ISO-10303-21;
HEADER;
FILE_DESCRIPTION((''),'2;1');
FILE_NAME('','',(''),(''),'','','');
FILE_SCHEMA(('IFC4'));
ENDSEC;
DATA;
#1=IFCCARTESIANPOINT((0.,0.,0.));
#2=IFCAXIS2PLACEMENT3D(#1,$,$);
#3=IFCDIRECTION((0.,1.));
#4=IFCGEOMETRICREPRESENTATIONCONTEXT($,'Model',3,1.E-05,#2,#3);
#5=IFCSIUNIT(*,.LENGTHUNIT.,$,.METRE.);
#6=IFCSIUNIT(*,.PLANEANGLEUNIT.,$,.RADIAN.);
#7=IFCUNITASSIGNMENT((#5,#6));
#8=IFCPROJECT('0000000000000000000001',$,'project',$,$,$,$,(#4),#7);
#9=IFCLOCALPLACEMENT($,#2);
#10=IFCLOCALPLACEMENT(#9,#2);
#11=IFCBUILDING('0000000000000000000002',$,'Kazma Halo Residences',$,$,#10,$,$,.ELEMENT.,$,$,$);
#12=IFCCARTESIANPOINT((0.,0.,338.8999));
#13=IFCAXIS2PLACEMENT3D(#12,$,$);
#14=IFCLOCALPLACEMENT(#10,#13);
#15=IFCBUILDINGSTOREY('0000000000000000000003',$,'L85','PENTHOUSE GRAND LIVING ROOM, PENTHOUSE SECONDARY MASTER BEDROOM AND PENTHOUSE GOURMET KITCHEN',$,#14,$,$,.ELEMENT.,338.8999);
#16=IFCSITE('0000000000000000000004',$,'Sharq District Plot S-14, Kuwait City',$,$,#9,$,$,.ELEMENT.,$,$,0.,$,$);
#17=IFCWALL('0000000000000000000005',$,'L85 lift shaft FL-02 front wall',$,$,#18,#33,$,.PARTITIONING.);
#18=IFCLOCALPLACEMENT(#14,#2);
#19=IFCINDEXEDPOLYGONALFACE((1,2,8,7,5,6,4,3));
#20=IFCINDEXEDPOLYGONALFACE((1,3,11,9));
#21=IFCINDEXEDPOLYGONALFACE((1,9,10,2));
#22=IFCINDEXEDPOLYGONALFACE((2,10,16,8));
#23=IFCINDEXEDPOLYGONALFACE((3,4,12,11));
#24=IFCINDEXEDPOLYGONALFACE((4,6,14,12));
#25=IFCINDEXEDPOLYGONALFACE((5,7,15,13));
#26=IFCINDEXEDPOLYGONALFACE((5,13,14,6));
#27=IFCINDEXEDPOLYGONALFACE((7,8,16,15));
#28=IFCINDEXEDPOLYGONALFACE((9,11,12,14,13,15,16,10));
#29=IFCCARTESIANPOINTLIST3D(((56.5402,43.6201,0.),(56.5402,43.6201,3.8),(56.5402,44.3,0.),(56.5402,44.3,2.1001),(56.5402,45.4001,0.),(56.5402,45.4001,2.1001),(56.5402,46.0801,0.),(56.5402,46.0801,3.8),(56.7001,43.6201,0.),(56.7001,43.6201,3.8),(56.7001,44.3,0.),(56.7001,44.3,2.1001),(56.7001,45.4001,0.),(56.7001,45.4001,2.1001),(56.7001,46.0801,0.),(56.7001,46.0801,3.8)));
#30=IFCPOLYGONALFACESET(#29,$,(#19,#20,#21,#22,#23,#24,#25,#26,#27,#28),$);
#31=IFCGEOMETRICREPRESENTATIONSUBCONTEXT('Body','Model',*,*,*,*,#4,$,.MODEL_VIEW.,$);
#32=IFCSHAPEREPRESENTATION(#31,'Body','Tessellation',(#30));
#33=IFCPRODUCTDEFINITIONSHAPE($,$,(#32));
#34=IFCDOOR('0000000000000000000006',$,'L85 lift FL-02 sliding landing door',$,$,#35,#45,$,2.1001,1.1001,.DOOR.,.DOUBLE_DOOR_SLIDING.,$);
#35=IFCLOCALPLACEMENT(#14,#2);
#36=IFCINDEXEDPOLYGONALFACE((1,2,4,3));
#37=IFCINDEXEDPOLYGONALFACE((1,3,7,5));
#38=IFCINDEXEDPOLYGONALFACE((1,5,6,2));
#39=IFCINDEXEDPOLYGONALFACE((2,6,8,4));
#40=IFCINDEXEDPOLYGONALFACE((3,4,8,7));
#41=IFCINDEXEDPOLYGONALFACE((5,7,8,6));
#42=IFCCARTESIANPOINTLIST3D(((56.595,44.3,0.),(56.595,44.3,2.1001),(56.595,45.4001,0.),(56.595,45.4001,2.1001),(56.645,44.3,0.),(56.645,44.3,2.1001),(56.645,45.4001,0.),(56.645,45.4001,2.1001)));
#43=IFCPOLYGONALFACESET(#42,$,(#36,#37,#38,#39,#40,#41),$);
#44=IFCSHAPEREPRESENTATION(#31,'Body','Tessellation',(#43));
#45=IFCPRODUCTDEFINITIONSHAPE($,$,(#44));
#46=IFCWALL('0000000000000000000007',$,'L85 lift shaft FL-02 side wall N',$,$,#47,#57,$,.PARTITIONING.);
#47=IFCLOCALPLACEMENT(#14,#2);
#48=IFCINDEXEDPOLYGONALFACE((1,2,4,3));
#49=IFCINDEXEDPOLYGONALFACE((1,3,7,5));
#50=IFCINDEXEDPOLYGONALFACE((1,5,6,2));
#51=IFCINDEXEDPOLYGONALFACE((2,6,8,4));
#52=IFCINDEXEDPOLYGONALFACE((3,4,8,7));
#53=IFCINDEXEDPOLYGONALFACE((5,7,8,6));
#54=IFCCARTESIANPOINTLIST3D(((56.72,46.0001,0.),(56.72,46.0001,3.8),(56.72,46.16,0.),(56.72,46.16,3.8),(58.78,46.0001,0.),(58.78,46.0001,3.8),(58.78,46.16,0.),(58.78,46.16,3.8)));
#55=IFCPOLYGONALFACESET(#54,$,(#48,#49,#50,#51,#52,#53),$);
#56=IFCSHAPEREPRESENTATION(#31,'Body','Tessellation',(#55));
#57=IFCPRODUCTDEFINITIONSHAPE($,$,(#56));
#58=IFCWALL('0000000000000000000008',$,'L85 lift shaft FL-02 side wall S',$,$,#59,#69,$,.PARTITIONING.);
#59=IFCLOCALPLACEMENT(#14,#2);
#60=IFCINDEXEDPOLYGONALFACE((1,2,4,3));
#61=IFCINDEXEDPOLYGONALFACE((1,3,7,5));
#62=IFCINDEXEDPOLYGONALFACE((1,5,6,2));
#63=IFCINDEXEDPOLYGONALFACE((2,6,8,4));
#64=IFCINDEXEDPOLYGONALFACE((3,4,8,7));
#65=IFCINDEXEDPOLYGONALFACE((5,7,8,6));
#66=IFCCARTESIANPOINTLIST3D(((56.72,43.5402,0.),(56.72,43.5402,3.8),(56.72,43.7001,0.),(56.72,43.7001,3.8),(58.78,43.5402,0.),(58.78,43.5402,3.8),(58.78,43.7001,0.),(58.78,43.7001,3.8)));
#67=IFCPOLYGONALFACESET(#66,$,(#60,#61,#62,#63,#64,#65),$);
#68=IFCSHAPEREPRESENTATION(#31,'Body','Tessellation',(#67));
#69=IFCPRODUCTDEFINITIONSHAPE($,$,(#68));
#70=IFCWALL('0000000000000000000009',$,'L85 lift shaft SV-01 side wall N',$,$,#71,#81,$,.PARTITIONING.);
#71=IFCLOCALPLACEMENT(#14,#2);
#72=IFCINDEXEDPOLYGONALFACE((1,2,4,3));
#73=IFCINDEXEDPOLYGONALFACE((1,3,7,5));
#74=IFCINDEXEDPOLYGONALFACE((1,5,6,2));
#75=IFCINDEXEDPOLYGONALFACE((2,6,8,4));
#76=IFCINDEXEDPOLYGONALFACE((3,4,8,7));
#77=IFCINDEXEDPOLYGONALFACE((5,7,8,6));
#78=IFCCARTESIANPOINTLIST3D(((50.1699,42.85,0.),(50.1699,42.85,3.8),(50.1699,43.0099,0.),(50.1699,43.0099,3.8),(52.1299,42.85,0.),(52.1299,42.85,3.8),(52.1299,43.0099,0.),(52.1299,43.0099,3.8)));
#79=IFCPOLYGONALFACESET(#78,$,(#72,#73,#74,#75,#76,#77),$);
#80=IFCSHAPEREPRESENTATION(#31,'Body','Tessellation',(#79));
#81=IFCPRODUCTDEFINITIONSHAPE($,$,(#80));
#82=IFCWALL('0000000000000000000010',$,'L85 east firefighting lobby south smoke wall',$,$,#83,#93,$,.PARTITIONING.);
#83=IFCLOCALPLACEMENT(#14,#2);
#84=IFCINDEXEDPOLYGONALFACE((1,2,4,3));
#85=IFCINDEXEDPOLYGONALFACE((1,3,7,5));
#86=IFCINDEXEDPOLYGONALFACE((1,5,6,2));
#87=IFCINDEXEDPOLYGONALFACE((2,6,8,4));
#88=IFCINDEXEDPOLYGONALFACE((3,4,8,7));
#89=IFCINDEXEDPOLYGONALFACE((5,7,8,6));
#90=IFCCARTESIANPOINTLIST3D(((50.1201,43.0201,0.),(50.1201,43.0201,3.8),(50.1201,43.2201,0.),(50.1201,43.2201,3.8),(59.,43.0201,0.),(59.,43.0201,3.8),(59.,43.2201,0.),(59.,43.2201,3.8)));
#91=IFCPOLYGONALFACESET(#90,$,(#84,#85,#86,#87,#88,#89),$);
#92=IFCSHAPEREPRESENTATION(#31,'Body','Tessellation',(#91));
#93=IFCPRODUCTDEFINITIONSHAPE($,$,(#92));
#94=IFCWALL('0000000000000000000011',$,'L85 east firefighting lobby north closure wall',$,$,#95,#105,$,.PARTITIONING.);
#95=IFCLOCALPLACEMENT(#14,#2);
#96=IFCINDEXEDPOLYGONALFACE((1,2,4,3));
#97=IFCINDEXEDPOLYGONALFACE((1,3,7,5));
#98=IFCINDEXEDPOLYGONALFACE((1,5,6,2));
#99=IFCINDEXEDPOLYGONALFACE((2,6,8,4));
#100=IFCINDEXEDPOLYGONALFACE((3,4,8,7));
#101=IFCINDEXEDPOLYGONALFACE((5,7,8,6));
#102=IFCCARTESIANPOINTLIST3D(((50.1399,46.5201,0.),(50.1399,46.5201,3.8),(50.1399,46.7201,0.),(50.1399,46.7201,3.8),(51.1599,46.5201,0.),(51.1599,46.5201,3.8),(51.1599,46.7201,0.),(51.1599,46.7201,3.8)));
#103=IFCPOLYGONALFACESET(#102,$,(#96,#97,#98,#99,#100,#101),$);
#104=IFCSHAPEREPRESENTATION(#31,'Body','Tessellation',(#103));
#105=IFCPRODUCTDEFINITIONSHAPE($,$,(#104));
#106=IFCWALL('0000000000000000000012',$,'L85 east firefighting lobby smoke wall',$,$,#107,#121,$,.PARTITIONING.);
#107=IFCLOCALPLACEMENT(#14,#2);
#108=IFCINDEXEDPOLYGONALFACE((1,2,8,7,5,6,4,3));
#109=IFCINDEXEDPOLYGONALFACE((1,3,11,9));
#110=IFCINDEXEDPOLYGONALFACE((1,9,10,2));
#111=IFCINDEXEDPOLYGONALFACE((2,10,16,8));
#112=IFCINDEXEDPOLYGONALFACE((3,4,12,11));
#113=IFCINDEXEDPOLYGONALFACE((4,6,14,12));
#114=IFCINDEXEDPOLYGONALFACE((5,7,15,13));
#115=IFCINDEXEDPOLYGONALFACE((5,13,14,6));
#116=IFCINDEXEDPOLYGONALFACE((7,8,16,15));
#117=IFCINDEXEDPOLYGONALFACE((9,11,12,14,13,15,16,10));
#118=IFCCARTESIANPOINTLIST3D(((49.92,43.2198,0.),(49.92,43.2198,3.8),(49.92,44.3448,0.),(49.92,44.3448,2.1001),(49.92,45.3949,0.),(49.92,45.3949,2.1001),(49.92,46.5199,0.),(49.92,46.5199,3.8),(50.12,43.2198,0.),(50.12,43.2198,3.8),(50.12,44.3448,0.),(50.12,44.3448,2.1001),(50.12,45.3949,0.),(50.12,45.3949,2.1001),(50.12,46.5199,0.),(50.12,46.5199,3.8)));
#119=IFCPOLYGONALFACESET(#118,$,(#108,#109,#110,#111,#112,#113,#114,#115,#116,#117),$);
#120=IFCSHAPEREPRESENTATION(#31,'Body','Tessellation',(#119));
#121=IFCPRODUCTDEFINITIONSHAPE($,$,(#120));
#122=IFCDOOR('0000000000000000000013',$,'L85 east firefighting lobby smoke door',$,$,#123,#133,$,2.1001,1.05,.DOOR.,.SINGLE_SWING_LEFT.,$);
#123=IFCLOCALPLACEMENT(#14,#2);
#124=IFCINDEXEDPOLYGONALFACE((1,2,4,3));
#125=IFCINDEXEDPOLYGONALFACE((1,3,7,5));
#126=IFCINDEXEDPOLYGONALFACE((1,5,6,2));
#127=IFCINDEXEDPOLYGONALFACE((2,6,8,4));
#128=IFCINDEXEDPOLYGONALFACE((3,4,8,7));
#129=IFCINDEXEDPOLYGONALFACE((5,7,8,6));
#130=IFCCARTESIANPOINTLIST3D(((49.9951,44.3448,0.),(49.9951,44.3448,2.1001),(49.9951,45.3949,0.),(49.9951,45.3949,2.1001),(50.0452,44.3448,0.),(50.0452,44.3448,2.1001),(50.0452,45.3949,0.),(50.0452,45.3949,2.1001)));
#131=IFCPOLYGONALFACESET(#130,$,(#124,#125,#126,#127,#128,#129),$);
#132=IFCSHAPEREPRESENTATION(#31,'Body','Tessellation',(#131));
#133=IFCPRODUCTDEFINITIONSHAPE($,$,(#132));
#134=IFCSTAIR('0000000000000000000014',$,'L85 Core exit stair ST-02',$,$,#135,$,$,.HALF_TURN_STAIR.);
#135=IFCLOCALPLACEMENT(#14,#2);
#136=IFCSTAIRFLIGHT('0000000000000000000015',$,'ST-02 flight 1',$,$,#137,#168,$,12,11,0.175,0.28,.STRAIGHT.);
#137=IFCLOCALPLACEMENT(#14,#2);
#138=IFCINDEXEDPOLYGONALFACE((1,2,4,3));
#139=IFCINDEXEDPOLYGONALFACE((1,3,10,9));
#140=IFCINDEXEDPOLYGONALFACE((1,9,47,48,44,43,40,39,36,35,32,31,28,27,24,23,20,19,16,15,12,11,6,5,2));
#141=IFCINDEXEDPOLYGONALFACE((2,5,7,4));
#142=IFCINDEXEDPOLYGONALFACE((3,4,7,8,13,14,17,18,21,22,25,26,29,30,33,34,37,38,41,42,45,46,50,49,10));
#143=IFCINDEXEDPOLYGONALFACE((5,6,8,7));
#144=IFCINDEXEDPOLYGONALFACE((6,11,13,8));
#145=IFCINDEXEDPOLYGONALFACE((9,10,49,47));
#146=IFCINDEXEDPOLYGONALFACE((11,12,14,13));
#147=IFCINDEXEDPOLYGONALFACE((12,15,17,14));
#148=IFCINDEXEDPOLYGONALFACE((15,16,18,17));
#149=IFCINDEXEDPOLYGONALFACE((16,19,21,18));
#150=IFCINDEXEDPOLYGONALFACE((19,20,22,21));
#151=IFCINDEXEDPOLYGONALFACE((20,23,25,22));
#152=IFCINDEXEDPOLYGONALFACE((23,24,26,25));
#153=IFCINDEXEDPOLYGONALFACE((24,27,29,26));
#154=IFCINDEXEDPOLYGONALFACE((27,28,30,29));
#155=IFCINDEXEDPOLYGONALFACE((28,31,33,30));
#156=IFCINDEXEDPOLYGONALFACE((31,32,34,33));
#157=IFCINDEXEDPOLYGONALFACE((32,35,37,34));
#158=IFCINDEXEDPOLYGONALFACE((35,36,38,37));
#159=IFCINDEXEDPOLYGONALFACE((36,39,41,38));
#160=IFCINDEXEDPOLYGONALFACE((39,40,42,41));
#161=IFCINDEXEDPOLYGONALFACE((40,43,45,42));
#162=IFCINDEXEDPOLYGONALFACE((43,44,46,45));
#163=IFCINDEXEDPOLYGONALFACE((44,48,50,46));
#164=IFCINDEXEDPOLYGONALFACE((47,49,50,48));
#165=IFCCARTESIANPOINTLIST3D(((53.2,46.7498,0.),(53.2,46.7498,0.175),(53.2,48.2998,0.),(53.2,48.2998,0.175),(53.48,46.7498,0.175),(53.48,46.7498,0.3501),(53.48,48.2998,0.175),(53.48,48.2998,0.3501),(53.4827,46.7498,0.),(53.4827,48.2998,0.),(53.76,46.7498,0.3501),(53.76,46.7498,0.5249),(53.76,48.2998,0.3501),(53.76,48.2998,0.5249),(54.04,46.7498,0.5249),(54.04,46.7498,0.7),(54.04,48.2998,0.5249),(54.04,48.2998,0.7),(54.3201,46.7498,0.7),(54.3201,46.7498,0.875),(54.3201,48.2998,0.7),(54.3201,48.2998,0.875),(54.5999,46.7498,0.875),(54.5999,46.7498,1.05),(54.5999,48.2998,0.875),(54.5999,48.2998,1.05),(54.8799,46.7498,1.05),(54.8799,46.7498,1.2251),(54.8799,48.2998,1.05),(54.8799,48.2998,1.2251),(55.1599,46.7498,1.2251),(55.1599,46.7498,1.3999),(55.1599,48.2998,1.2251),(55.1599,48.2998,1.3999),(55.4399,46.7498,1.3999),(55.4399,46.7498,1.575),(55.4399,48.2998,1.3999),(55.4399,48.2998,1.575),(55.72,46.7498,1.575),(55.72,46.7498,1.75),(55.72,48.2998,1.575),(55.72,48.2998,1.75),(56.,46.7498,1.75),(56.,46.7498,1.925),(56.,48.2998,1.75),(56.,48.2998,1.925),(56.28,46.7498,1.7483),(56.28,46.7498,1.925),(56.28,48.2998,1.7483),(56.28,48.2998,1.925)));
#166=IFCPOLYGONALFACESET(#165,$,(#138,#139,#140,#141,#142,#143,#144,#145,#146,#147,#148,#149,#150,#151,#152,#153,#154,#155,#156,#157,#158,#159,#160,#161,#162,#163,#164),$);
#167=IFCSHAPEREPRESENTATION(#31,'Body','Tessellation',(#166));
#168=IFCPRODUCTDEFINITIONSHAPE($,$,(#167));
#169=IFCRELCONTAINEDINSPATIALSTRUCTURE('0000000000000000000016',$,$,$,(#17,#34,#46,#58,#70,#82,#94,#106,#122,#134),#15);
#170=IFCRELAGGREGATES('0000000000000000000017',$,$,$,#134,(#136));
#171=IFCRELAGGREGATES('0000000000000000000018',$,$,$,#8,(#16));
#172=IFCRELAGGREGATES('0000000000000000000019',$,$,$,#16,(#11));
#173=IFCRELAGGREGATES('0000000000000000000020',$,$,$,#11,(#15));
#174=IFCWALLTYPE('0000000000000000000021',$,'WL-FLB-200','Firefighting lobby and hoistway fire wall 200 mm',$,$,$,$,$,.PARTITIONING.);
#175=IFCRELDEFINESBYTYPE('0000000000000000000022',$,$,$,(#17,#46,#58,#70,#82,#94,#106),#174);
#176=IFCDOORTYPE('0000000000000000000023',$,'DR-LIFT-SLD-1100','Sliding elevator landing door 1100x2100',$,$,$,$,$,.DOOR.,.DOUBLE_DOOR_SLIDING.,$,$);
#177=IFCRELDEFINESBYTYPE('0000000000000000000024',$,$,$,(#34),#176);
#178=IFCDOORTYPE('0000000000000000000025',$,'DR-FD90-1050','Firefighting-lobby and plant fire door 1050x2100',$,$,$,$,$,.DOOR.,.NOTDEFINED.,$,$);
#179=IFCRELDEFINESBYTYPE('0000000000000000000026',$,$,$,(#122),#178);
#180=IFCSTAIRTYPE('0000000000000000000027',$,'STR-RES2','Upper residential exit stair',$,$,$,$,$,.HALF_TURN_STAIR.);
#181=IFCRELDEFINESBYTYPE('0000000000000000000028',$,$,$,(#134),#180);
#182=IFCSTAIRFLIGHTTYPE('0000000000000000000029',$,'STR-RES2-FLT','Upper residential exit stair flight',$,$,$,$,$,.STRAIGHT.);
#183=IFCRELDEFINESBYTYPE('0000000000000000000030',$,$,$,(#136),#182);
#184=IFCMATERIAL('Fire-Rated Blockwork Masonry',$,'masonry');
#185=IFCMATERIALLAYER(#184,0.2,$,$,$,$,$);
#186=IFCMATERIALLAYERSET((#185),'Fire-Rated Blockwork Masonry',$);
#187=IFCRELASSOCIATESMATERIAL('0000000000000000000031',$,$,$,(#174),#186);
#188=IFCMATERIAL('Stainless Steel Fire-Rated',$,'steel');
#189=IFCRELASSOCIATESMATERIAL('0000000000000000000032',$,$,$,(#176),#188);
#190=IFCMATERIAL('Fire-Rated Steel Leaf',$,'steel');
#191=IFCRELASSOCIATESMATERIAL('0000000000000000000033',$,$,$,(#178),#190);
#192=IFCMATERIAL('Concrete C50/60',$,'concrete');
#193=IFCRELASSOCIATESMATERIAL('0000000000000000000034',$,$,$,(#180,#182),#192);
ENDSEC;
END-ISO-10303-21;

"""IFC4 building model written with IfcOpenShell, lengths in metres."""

from ifc_helpers import new_model, si_unit, direction, frame, frame_2d, origin, place, context, subcontext, project, spatial, polyline, rectangle, outline, extrude, material, layer, layer_set, type_object, element, fill, aggregate, save


model = new_model("IFC4")

# Units and contexts
model_context = context("Model", 3, precision=1e-05, world=origin(), true_north=direction((0.0, 1.0)))
body_context = subcontext(model_context, "Body", "Model", "MODEL_VIEW")
ifc_project = project(units=[si_unit("LENGTHUNIT", "METRE"), si_unit("PLANEANGLEUNIT", "RADIAN")], contexts=[model_context])

# Site, building, storey
site_placement = place(None, origin())
site = spatial("IfcSite", under=ifc_project, at=site_placement, Name="Sharq District Plot S-14, Kuwait City", CompositionType="ELEMENT", RefElevation=0.0)
building_placement = place(site_placement, origin())
building = spatial("IfcBuilding", under=site, at=building_placement, Name="Kazma Halo Residences", CompositionType="ELEMENT")
storey_placement = place(building_placement, frame((0.0, 0.0, 338.8999)))
storey = spatial("IfcBuildingStorey", under=building, at=storey_placement, Name="L85", Description="PENTHOUSE GRAND LIVING ROOM, PENTHOUSE SECONDARY MASTER BEDROOM AND PENTHOUSE GOURMET KITCHEN", CompositionType="ELEMENT", Elevation=338.8999)

# Wall, opening, door
ifc_material_1 = material(Name="Fire-Rated Blockwork Masonry", Category="masonry")
ifc_layer_1 = layer(ifc_material_1, 0.2)
ifc_layer_set_1 = layer_set([ifc_layer_1], Name="Fire-Rated Blockwork Masonry")
wall_type_1 = type_object("IfcWallType", Name="WL-FLB-200", Description="Firefighting lobby and hoistway fire wall 200 mm", PredefinedType="PARTITIONING", material=ifc_layer_set_1)
wall_1_placement = place(storey_placement, frame((56.6201, 46.0801, 0.0), z_axis=(0.0, 0.0, 1.0), x_axis=(0.0, -1.0, 0.0)))
wall_1 = element("IfcWall", 1, at=wall_1_placement, inside=storey, type_object=wall_type_1, Name="L85 lift shaft FL-02 front wall", PredefinedType="PARTITIONING", context=body_context, shape_type="SweptSolid", body=[
    extrude(rectangle(XDim=2.46, YDim=0.1599, at=frame_2d((1.23, 0.0))), origin(), (0.0, 0.0, 1.0), 3.8),
])
opening_1_placement = place(wall_1_placement, frame((0.6799, 0.0, 0.0)))
opening_1 = element("IfcOpeningElement", 2, at=opening_1_placement, cuts=wall_1, PredefinedType="OPENING", context=body_context, shape_type="SweptSolid", body=[
    extrude(rectangle(XDim=1.1001, YDim=2.1001, at=frame_2d((0.55, 1.05))), frame((0.0, 0.0898, 0.0), z_axis=(0.0, -1.0, 0.0), x_axis=(1.0, 0.0, 0.0)), (0.0, 0.0, 1.0), 0.1799),
])
ifc_material_2 = material(Name="Stainless Steel Fire-Rated", Category="steel")
door_type_1 = type_object("IfcDoorType", Name="DR-LIFT-SLD-1100", Description="Sliding elevator landing door 1100x2100", OperationType="DOUBLE_DOOR_SLIDING", PredefinedType="DOOR", material=ifc_material_2)
door_1_placement = place(opening_1_placement, origin())
door_1 = element("IfcDoor", 3, at=door_1_placement, inside=storey, type_object=door_type_1, Name="L85 lift FL-02 sliding landing door", OperationType="DOUBLE_DOOR_SLIDING", OverallHeight=2.1001, OverallWidth=1.1001, PredefinedType="DOOR", context=body_context, shape_type="SweptSolid", body=[
    extrude(rectangle(XDim=1.1001, YDim=2.1001, at=frame_2d((0.55, 1.05))), frame((0.0, 0.0249, 0.0), z_axis=(0.0, -1.0, 0.0), x_axis=(1.0, 0.0, 0.0)), (0.0, 0.0, 1.0), 0.05),
])
fill(opening_1, door_1)

# Walls
for number, where, z_axis, x_axis, name in (
    (4, (56.72, 46.0801, 0.0), (0.0, 0.0, 1.0), (1.0, 0.0, 0.0), "L85 lift shaft FL-02 side wall N"),
    (5, (56.72, 43.6201, 0.0), (0.0, 0.0, 1.0), (1.0, 0.0, 0.0), "L85 lift shaft FL-02 side wall S"),
):
    element("IfcWall", number, at=place(storey_placement, frame(where, z_axis=z_axis, x_axis=x_axis)), inside=storey, type_object=wall_type_1, Name=name, PredefinedType="PARTITIONING", context=body_context, shape_type="SweptSolid", body=[
        extrude(rectangle(XDim=2.0601, YDim=0.1599, at=frame_2d((1.03, 0.0))), origin(), (0.0, 0.0, 1.0), 3.8),
    ])
wall_2_placement = place(storey_placement, frame((50.1699, 42.9299, 0.0), z_axis=(0.0, 0.0, 1.0), x_axis=(1.0, 0.0, 0.0)))
element("IfcWall", 6, at=wall_2_placement, inside=storey, type_object=wall_type_1, Name="L85 lift shaft SV-01 side wall N", PredefinedType="PARTITIONING", context=body_context, shape_type="SweptSolid", body=[
    extrude(rectangle(XDim=1.96, YDim=0.1599, at=frame_2d((0.98, 0.0))), origin(), (0.0, 0.0, 1.0), 3.8),
])
wall_3_placement = place(storey_placement, frame((50.1201, 43.1201, 0.0), z_axis=(0.0, 0.0, 1.0), x_axis=(1.0, 0.0, 0.0)))
element("IfcWall", 7, at=wall_3_placement, inside=storey, type_object=wall_type_1, Name="L85 east firefighting lobby south smoke wall", PredefinedType="PARTITIONING", context=body_context, shape_type="SweptSolid", body=[
    extrude(rectangle(XDim=8.8799, YDim=0.2, at=frame_2d((4.4399, 0.0))), origin(), (0.0, 0.0, 1.0), 3.8),
])
wall_4_placement = place(storey_placement, frame((50.1399, 46.6201, 0.0), z_axis=(0.0, 0.0, 1.0), x_axis=(1.0, 0.0, 0.0)))
element("IfcWall", 8, at=wall_4_placement, inside=storey, type_object=wall_type_1, Name="L85 east firefighting lobby north closure wall", PredefinedType="PARTITIONING", context=body_context, shape_type="SweptSolid", body=[
    extrude(rectangle(XDim=1.02, YDim=0.2, at=frame_2d((0.51, 0.0))), origin(), (0.0, 0.0, 1.0), 3.8),
])

# Wall, opening, door
wall_5_placement = place(storey_placement, frame((50.02, 43.22, 0.0), z_axis=(0.0, 0.0, 1.0), x_axis=(0.0, 1.0, 0.0)))
wall_5 = element("IfcWall", 9, at=wall_5_placement, inside=storey, type_object=wall_type_1, Name="L85 east firefighting lobby smoke wall", PredefinedType="PARTITIONING", context=body_context, shape_type="SweptSolid", body=[
    extrude(rectangle(XDim=3.3, YDim=0.2, at=frame_2d((1.6499, 0.0))), origin(), (0.0, 0.0, 1.0), 3.8),
])
opening_2_placement = place(wall_5_placement, frame((1.125, 0.0, 0.0)))
opening_2 = element("IfcOpeningElement", 10, at=opening_2_placement, cuts=wall_5, PredefinedType="OPENING", context=body_context, shape_type="SweptSolid", body=[
    extrude(rectangle(XDim=1.05, YDim=2.1001, at=frame_2d((0.5249, 1.05))), frame((0.0, 0.1099, 0.0), z_axis=(0.0, -1.0, 0.0), x_axis=(1.0, 0.0, 0.0)), (0.0, 0.0, 1.0), 0.22),
])
ifc_material_3 = material(Name="Fire-Rated Steel Leaf", Category="steel")
door_type_2 = type_object("IfcDoorType", Name="DR-FD90-1050", Description="Firefighting-lobby and plant fire door 1050x2100", OperationType="NOTDEFINED", PredefinedType="DOOR", material=ifc_material_3)
door_2_placement = place(opening_2_placement, origin())
door_2 = element("IfcDoor", 11, at=door_2_placement, inside=storey, type_object=door_type_2, Name="L85 east firefighting lobby smoke door", OperationType="SINGLE_SWING_LEFT", OverallHeight=2.1001, OverallWidth=1.05, PredefinedType="DOOR", context=body_context, shape_type="SweptSolid", body=[
    extrude(rectangle(XDim=1.05, YDim=2.1001, at=frame_2d((0.5249, 1.05))), frame((0.0, 0.0249, 0.0), z_axis=(0.0, -1.0, 0.0), x_axis=(1.0, 0.0, 0.0)), (0.0, 0.0, 1.0), 0.05),
])
fill(opening_2, door_2)
ifc_material_4 = material(Name="Concrete C50/60", Category="concrete")

# Stair, stair flight
stair_type = type_object("IfcStairType", Name="STR-RES2", Description="Upper residential exit stair", PredefinedType="HALF_TURN_STAIR", material=ifc_material_4)
stair_placement = place(storey_placement, origin())
stair = element("IfcStair", 12, at=stair_placement, inside=storey, type_object=stair_type, Name="L85 Core exit stair ST-02", PredefinedType="HALF_TURN_STAIR")
stair_flight_type = type_object("IfcStairFlightType", Name="STR-RES2-FLT", Description="Upper residential exit stair flight", PredefinedType="STRAIGHT", material=ifc_material_4)
stair_flight_placement = place(storey_placement, frame((53.2, 47.5249, 0.0), z_axis=(0.0, 0.0, 1.0), x_axis=(1.0, 0.0, 0.0)))
stair_flight = element("IfcStairFlight", 13, at=stair_flight_placement, type_object=stair_flight_type, Name="ST-02 flight 1", NumberOfRisers=12, NumberOfTreads=11, PredefinedType="STRAIGHT", RiserHeight=0.175, TreadLength=0.28, context=body_context, shape_type="SweptSolid", body=[
    extrude(outline(polyline([(0.0, 0.0), (0.0, 0.175), (0.28, 0.175), (0.28, 0.3501), (0.5601, 0.3501), (0.5601, 0.5249), (0.8401, 0.5249), (0.8401, 0.7), (1.1201, 0.7), (1.1201, 0.875), (1.3999, 0.875), (1.3999, 1.05), (1.6799, 1.05), (1.6799, 1.2251), (1.96, 1.2251), (1.96, 1.3999), (2.24, 1.3999), (2.24, 1.575), (2.52, 1.575), (2.52, 1.75), (2.8, 1.75), (2.8, 1.925), (3.0801, 1.925), (3.0801, 2.1001), (3.0801, 1.7483), (0.2827, 0.0), (0.0, 0.0)])), frame((0.0, 0.7749, 0.0), z_axis=(0.0, -1.0, 0.0), x_axis=(1.0, 0.0, 0.0)), (0.0, 0.0, 1.0), 1.55),
])
aggregate(stair, [stair_flight])

save(model, "model.ifc")
